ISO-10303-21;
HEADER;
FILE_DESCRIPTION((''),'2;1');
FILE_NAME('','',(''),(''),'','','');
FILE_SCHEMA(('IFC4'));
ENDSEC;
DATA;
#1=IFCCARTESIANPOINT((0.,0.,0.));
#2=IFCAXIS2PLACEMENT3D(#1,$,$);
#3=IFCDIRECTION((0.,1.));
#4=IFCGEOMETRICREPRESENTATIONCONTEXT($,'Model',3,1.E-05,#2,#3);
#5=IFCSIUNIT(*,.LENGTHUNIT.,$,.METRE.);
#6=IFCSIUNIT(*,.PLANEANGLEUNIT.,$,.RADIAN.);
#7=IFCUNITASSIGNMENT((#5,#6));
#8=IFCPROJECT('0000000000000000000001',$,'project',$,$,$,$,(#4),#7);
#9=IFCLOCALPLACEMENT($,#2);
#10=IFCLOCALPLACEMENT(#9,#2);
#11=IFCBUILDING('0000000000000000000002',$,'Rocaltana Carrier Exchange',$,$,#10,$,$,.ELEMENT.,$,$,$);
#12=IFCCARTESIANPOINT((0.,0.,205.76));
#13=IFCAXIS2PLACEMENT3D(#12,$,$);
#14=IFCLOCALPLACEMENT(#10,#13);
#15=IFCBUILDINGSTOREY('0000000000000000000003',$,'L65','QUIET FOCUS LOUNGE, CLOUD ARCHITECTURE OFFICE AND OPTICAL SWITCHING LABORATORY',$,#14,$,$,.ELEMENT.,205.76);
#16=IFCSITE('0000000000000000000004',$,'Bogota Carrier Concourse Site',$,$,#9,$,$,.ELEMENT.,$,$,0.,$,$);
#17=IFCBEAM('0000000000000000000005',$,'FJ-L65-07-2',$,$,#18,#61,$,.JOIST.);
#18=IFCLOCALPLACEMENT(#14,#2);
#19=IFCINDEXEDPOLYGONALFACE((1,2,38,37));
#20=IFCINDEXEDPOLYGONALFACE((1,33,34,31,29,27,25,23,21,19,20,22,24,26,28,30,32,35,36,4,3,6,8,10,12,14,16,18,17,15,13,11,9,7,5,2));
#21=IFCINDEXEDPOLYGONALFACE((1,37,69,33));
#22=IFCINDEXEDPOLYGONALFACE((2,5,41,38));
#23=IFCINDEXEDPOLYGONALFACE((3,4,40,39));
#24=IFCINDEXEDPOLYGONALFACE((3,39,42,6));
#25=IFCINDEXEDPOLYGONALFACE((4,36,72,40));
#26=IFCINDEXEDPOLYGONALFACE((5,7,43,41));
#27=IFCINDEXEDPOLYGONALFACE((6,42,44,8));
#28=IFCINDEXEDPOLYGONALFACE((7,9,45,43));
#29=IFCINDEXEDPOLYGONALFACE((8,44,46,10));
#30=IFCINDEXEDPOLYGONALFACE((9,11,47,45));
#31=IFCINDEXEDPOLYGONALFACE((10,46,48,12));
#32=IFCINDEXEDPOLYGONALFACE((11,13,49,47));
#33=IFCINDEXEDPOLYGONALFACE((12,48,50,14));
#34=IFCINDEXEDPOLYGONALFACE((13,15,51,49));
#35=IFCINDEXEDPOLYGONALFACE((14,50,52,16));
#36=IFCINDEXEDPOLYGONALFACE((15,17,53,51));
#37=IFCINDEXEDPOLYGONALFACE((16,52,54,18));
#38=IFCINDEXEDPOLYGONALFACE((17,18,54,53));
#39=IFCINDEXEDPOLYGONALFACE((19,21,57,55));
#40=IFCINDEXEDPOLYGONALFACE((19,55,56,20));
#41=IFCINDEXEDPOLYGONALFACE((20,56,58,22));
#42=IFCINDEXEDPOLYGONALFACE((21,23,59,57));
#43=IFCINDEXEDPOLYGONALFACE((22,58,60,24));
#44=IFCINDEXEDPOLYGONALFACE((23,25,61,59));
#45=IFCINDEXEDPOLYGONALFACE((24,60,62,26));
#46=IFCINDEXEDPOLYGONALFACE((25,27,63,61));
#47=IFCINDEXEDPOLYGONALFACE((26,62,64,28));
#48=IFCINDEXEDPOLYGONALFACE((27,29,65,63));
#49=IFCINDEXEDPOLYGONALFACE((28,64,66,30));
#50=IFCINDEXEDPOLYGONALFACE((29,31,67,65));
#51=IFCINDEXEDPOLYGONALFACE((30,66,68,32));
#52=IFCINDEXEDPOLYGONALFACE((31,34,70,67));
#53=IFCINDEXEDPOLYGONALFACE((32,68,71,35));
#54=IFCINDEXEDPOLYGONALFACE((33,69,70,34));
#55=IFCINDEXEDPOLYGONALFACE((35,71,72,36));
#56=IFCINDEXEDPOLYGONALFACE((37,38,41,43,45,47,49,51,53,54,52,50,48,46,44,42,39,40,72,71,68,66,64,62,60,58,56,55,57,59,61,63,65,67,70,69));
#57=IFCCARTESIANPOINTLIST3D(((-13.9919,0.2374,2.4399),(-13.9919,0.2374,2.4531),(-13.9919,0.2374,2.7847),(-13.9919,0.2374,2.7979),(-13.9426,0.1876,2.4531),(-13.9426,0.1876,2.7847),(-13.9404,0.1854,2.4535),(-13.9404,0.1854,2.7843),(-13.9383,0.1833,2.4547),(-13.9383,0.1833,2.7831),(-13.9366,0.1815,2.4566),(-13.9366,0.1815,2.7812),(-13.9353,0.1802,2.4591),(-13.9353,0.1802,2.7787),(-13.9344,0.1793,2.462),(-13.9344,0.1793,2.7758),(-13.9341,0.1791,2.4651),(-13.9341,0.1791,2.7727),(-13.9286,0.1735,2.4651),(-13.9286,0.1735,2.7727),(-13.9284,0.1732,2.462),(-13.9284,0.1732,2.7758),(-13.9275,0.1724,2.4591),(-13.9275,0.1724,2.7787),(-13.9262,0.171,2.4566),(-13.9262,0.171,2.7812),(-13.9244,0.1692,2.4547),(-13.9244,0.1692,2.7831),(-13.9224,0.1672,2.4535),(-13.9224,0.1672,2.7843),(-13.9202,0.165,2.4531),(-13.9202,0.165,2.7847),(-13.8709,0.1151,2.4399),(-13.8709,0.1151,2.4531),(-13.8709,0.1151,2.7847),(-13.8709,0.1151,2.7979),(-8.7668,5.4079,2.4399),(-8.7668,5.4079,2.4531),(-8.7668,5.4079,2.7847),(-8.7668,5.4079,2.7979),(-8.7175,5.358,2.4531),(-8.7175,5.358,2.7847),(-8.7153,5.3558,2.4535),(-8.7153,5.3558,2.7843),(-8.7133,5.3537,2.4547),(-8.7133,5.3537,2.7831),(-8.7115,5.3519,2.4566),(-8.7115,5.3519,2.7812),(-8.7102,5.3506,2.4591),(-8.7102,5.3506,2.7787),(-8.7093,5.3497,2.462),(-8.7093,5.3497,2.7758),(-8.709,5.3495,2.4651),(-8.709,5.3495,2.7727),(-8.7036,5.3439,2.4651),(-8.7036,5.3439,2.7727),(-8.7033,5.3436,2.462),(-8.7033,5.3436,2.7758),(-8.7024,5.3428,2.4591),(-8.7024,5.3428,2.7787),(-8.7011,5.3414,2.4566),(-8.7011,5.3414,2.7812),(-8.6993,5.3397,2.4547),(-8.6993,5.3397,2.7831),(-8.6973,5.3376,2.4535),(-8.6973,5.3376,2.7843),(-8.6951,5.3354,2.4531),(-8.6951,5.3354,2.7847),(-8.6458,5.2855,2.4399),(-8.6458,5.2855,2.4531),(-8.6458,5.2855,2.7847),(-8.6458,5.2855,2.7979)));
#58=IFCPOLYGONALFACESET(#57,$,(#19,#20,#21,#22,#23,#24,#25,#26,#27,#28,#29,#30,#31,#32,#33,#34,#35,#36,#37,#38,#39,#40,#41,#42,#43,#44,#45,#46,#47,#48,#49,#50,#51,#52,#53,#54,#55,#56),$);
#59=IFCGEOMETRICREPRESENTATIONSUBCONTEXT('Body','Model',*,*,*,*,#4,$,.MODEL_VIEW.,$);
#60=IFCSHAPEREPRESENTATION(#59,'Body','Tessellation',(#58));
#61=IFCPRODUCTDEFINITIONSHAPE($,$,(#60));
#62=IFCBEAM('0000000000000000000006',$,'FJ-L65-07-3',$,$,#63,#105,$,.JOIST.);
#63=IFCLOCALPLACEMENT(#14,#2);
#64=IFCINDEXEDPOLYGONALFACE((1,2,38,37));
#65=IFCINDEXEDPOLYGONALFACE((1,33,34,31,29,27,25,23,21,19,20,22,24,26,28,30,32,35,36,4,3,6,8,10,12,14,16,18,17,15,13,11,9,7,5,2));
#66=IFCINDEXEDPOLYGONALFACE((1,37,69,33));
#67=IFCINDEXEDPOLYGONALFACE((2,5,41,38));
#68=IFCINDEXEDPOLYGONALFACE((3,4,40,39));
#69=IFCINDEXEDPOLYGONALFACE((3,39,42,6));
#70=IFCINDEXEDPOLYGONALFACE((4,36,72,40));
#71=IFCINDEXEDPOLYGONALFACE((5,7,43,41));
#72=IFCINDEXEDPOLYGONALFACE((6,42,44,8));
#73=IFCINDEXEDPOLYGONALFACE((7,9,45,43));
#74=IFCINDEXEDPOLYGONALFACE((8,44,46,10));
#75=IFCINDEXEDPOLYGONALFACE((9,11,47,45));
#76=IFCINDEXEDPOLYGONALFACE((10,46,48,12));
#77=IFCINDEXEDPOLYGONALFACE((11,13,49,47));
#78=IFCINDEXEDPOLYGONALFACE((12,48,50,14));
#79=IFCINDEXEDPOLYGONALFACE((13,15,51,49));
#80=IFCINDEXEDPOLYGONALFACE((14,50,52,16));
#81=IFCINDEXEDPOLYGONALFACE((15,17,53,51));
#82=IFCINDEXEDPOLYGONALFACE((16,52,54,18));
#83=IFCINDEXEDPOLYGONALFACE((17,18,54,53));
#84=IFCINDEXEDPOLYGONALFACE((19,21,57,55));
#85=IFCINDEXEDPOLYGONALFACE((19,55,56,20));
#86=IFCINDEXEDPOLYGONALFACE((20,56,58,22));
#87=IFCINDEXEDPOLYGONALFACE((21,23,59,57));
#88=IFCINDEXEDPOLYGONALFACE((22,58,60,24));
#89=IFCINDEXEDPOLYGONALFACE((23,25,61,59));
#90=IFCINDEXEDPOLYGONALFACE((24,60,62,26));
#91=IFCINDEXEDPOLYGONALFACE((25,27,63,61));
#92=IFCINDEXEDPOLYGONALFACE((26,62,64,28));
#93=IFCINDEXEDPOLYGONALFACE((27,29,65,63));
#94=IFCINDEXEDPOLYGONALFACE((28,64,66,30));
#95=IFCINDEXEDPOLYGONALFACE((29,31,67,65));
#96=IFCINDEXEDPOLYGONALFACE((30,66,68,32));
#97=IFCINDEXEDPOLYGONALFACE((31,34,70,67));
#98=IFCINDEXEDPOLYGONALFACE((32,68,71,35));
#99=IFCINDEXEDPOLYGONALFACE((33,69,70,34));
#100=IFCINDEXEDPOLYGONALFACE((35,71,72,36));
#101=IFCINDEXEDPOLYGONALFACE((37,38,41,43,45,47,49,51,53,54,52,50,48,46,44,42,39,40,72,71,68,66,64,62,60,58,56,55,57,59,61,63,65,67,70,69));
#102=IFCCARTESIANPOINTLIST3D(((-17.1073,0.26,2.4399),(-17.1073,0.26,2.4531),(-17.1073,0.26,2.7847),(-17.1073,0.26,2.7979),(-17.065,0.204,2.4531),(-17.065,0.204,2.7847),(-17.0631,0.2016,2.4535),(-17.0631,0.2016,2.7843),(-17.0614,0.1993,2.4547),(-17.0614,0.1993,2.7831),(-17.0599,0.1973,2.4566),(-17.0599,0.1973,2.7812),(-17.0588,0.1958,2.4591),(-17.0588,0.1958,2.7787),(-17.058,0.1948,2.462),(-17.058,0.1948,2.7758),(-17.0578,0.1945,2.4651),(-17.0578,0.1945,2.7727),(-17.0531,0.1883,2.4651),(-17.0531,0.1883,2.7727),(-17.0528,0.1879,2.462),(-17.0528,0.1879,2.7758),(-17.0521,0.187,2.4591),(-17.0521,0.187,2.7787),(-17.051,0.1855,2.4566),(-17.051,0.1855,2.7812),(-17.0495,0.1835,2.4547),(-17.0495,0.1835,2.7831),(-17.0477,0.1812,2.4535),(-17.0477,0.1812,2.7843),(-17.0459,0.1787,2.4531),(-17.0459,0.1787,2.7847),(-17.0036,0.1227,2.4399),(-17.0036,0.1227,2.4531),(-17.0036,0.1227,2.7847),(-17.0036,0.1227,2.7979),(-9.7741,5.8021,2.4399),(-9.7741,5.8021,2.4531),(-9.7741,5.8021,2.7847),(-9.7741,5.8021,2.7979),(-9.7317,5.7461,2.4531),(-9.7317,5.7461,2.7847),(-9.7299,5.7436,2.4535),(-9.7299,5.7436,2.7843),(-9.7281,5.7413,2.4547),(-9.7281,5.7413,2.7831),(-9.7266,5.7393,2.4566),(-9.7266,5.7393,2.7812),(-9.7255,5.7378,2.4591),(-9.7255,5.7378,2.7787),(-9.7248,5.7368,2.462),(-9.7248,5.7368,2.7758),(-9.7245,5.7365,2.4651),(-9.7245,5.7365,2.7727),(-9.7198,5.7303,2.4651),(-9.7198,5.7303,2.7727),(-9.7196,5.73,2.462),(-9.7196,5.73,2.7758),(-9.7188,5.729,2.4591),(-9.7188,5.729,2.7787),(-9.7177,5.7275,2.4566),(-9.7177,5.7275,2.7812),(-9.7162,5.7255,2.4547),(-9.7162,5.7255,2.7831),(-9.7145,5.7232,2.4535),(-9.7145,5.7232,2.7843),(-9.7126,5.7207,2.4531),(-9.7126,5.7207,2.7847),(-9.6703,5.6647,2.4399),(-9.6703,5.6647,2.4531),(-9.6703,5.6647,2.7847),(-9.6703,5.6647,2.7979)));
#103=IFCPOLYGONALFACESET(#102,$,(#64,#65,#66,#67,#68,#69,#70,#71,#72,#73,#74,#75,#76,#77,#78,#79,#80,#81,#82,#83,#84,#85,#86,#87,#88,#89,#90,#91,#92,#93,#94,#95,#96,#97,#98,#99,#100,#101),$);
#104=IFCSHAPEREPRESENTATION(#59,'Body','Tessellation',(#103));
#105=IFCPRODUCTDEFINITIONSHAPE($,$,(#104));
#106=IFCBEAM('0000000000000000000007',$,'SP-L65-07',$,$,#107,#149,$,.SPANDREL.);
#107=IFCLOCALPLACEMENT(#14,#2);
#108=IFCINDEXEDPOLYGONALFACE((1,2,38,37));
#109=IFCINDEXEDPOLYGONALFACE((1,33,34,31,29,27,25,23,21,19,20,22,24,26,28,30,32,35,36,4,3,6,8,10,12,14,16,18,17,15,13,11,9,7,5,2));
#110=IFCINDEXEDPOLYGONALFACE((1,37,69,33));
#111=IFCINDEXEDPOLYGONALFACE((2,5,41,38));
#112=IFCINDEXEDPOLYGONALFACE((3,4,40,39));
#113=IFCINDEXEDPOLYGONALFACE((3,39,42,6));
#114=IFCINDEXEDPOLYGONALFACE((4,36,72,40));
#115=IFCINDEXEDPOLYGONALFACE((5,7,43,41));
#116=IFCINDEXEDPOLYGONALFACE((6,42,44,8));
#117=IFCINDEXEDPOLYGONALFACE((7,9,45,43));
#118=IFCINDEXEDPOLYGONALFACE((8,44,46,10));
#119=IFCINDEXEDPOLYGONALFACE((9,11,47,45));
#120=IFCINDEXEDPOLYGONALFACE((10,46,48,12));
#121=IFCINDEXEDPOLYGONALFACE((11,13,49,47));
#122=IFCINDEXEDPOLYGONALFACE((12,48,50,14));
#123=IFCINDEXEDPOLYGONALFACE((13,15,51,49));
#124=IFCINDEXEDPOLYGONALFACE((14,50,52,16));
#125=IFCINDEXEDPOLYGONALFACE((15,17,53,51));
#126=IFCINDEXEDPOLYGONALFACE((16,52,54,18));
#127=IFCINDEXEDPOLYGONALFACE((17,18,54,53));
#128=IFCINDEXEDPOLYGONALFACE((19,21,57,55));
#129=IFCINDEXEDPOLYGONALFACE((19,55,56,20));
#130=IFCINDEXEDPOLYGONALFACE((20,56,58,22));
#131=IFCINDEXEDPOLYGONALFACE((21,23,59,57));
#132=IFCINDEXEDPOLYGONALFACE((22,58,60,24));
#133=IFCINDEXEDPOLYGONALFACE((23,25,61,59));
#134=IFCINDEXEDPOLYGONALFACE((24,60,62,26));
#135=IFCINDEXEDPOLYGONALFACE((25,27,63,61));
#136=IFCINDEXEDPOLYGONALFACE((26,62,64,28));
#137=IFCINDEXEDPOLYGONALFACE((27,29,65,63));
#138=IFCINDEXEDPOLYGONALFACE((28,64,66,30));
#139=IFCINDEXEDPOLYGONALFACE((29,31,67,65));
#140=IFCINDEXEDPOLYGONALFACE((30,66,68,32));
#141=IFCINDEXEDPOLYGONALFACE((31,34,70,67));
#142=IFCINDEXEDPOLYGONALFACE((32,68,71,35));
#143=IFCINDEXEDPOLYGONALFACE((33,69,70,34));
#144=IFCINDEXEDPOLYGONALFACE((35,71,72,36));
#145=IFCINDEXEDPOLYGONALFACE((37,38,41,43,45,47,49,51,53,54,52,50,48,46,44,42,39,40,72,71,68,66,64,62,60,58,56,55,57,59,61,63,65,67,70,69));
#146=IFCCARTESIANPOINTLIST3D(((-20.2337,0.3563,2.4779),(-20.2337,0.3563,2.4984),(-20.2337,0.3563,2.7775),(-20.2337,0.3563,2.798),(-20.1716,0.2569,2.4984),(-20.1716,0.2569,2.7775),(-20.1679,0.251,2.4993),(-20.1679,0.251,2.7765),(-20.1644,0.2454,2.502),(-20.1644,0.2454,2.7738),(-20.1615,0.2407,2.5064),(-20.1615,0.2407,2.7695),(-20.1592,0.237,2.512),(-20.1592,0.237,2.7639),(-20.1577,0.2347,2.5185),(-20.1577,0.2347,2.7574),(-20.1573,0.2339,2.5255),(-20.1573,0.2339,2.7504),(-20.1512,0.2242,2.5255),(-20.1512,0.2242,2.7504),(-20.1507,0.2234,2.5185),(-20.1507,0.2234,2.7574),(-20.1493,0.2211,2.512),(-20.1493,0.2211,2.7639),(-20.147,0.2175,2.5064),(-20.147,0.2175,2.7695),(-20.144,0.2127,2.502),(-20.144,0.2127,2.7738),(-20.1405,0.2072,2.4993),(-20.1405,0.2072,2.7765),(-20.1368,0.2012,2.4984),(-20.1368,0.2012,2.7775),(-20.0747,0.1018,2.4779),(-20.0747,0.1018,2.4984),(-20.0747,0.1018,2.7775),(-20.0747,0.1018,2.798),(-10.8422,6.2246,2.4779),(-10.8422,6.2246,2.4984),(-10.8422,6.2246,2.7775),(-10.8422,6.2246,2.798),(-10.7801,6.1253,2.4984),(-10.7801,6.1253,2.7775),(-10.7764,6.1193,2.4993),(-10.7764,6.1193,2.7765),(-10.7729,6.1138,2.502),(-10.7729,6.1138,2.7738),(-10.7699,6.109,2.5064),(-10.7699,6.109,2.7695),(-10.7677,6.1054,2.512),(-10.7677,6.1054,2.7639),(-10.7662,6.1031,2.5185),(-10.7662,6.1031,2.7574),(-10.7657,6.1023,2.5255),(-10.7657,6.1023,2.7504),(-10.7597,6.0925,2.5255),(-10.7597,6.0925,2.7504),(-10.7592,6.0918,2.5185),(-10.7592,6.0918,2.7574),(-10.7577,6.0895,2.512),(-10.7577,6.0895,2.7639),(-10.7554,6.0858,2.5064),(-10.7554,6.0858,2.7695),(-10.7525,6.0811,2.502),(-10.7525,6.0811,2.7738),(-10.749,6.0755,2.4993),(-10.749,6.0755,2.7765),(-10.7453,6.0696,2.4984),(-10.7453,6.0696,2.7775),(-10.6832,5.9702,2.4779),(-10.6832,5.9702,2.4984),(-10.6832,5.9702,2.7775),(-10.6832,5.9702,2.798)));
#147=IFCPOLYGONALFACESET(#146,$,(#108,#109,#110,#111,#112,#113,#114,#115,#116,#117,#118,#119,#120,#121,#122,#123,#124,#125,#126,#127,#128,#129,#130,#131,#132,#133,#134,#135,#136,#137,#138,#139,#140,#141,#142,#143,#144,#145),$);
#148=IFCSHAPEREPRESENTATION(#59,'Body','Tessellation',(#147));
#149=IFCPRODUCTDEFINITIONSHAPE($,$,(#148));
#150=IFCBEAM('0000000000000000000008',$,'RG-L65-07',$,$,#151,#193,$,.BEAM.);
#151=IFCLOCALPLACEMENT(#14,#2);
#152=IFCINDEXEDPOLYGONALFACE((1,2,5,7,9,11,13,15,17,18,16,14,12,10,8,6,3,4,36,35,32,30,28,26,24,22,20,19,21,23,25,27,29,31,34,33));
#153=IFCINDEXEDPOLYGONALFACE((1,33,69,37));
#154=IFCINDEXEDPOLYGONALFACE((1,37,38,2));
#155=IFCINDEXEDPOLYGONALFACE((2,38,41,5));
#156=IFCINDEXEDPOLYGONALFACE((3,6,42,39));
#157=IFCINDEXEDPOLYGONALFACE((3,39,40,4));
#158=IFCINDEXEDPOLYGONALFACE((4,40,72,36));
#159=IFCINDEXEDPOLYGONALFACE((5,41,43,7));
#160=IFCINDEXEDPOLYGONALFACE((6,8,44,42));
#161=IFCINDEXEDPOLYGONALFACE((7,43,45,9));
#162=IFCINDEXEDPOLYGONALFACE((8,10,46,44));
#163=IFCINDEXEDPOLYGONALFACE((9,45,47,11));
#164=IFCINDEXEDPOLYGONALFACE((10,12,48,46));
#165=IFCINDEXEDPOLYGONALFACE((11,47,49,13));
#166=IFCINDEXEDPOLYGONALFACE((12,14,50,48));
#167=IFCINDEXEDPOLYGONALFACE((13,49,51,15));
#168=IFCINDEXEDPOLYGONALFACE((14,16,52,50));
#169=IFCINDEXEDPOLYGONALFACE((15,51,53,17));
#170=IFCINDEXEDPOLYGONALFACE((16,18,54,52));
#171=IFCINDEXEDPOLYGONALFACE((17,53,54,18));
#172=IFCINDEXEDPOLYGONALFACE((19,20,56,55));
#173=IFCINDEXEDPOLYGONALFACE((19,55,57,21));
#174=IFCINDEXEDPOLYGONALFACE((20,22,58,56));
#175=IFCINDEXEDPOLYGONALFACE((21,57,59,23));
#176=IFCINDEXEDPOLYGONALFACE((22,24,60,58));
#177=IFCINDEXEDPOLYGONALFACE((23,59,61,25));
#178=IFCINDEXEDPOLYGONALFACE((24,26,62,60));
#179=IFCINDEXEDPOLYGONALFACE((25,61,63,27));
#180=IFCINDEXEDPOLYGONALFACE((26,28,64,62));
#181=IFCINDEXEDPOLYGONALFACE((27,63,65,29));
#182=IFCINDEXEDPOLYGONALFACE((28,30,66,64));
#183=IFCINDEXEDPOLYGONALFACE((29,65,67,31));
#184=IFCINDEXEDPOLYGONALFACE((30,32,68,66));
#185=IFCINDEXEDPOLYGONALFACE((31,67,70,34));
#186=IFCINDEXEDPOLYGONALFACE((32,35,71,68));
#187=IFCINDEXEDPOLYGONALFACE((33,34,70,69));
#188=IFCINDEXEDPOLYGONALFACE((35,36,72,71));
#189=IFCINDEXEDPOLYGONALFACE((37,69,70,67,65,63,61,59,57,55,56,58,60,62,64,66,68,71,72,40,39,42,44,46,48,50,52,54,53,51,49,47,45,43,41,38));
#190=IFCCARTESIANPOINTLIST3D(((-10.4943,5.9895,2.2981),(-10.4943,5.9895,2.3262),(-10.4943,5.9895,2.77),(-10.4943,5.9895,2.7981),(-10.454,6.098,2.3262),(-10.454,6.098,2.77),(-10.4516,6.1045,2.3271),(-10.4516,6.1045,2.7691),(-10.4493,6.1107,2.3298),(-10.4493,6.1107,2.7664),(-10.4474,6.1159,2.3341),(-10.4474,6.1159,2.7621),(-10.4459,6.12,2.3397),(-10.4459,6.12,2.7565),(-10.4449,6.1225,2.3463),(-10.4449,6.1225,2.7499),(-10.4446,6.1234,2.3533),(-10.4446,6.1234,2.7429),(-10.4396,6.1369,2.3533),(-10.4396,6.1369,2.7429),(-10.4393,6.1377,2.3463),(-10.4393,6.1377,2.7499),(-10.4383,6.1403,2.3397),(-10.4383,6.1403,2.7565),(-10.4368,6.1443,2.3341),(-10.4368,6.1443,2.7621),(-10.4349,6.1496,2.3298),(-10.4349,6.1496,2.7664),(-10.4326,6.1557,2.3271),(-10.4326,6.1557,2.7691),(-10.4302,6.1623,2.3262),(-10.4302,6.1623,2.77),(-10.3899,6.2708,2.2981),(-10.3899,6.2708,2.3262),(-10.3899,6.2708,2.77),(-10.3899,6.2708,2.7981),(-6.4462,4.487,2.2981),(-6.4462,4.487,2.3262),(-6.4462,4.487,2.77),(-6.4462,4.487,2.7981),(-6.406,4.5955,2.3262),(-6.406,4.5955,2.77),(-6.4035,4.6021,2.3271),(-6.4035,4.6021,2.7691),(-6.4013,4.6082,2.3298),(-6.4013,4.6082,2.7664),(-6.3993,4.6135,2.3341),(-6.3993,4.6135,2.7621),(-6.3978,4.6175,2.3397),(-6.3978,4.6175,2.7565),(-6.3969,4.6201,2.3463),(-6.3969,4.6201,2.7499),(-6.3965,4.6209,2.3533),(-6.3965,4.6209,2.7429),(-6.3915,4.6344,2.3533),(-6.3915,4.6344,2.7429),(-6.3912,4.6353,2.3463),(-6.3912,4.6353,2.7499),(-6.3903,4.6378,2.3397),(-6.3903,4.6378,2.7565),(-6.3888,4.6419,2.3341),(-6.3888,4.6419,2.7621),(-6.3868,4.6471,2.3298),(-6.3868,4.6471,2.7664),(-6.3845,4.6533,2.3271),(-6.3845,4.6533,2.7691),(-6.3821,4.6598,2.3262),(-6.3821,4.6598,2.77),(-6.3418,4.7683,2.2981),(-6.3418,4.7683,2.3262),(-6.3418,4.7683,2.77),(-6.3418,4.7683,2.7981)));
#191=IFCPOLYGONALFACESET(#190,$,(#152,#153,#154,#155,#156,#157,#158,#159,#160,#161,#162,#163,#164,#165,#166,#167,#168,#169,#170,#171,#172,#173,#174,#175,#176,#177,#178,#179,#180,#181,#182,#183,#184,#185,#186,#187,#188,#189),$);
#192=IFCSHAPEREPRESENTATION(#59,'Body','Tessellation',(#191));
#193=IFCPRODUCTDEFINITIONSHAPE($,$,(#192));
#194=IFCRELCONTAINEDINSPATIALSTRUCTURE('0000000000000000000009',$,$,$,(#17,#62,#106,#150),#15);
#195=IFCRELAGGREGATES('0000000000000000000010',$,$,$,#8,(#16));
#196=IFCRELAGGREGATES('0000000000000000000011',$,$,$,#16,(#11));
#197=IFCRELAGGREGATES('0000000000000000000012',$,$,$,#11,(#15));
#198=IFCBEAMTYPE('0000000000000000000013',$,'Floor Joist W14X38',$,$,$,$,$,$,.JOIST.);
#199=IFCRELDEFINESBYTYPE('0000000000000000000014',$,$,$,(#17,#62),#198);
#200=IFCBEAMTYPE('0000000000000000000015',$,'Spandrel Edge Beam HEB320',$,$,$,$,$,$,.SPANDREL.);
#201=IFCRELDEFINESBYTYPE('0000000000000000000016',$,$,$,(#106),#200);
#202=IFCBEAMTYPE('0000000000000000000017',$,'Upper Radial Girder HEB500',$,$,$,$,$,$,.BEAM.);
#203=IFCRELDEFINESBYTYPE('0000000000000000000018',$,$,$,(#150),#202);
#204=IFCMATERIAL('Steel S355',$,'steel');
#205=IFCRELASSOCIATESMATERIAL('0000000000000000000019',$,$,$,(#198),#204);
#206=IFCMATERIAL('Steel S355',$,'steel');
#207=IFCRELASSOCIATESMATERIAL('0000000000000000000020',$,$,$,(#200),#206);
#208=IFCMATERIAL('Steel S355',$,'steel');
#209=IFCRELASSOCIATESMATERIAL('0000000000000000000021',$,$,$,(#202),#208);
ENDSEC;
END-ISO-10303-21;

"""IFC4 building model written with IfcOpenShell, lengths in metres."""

from ifc_helpers import new_model, si_unit, direction, frame, origin, origin_2d, place, context, subcontext, project, spatial, i_section, extrude, material, material_profile, profile_set, type_object, element, save


model = new_model("IFC4")

# Units and contexts
model_context = context("Model", 3, precision=1e-05, world=origin(), true_north=direction((0.0, 1.0)))
body_context = subcontext(model_context, "Body", "Model", "MODEL_VIEW")
ifc_project = project(units=[si_unit("LENGTHUNIT", "METRE"), si_unit("PLANEANGLEUNIT", "RADIAN")], contexts=[model_context])

# Site, building, storey
site_placement = place(None, origin())
site = spatial("IfcSite", under=ifc_project, at=site_placement, Name="Bogota Carrier Concourse Site", CompositionType="ELEMENT", RefElevation=0.0)
building_placement = place(site_placement, origin())
building = spatial("IfcBuilding", under=site, at=building_placement, Name="Rocaltana Carrier Exchange", CompositionType="ELEMENT")
storey_placement = place(building_placement, frame((0.0, 0.0, 205.76)))
storey = spatial("IfcBuildingStorey", under=building, at=storey_placement, Name="L65", Description="QUIET FOCUS LOUNGE, CLOUD ARCHITECTURE OFFICE AND OPTICAL SWITCHING LABORATORY", CompositionType="ELEMENT", Elevation=205.76)

# Beams
ifc_material_1 = material(Name="Steel S355", Category="steel")
ifc_material_profile_1 = material_profile(ifc_material_1, i_section(OverallWidth=0.1721, OverallDepth=0.3579, WebThickness=0.0078, FlangeThickness=0.0132, FilletRadius=0.012, at=origin_2d()), Name="W14X38")
ifc_profile_set_1 = profile_set([ifc_material_profile_1], Name="Steel S355")
beam_type_1 = type_object("IfcBeamType", Name="Floor Joist W14X38", PredefinedType="JOIST", material=ifc_profile_set_1)
beam_1_placement = place(storey_placement, frame((-8.7063, 5.3467, 2.6189), z_axis=(-0.710817, -0.703377, 0.0), x_axis=(0.703377, -0.710817, 0.0)))
element("IfcBeam", 1, at=beam_1_placement, inside=storey, type_object=beam_type_1, Name="FJ-L65-07-2", PredefinedType="JOIST", context=body_context, shape_type="SweptSolid", body=[
    extrude(i_section(OverallWidth=0.1721, OverallDepth=0.3579, WebThickness=0.0078, FlangeThickness=0.0132, FilletRadius=0.012, at=origin_2d()), origin(), (0.0, 0.0, 1.0), 7.3508),
])
beam_2_placement = place(storey_placement, frame((-9.7222, 5.7334, 2.6189), z_axis=(-0.797799, -0.602924, 0.0), x_axis=(0.602924, -0.797799, 0.0)))
element("IfcBeam", 2, at=beam_2_placement, inside=storey, type_object=beam_type_1, Name="FJ-L65-07-3", PredefinedType="JOIST", context=body_context, shape_type="SweptSolid", body=[
    extrude(i_section(OverallWidth=0.1721, OverallDepth=0.3579, WebThickness=0.0078, FlangeThickness=0.0132, FilletRadius=0.012, at=origin_2d()), origin(), (0.0, 0.0, 1.0), 9.1919),
])
ifc_material_2 = material(Name="Steel S355", Category="steel")
ifc_material_profile_2 = material_profile(ifc_material_2, i_section(OverallWidth=0.3, OverallDepth=0.3201, WebThickness=0.0115, FlangeThickness=0.0205, FilletRadius=0.0271, at=origin_2d()), Name="HEB320")
ifc_profile_set_2 = profile_set([ifc_material_profile_2], Name="Steel S355")
beam_type_2 = type_object("IfcBeamType", Name="Spandrel Edge Beam HEB320", PredefinedType="SPANDREL", material=ifc_profile_set_2)
beam_3_placement = place(storey_placement, frame((-10.7627, 6.0974, 2.6379), z_axis=(-0.848053, -0.529912, 0.0), x_axis=(0.529912, -0.848053, 0.0)))
element("IfcBeam", 3, at=beam_3_placement, inside=storey, type_object=beam_type_2, Name="SP-L65-07", PredefinedType="SPANDREL", context=body_context, shape_type="SweptSolid", body=[
    extrude(i_section(OverallWidth=0.3, OverallDepth=0.3201, WebThickness=0.0115, FlangeThickness=0.0205, FilletRadius=0.0271, at=origin_2d()), origin(), (0.0, 0.0, 1.0), 11.0742),
])
ifc_material_3 = material(Name="Steel S355", Category="steel")
ifc_material_profile_3 = material_profile(ifc_material_3, i_section(OverallWidth=0.3, OverallDepth=0.5, WebThickness=0.0144, FlangeThickness=0.0281, FilletRadius=0.0271, at=origin_2d()), Name="HEB500")
ifc_profile_set_3 = profile_set([ifc_material_profile_3], Name="Steel S355")
beam_type_3 = type_object("IfcBeamType", Name="Upper Radial Girder HEB500", PredefinedType="BEAM", material=ifc_profile_set_3)
beam_4_placement = place(storey_placement, frame((-6.394, 4.6277, 2.5481), z_axis=(-0.937511, 0.347955, 0.0), x_axis=(-0.347955, -0.937511, 0.0)))
element("IfcBeam", 4, at=beam_4_placement, inside=storey, type_object=beam_type_3, Name="RG-L65-07", PredefinedType="BEAM", context=body_context, shape_type="SweptSolid", body=[
    extrude(i_section(OverallWidth=0.3, OverallDepth=0.5, WebThickness=0.0144, FlangeThickness=0.0281, FilletRadius=0.0271, at=origin_2d()), origin(), (0.0, 0.0, 1.0), 4.3179),
])

save(model, "model.ifc")
